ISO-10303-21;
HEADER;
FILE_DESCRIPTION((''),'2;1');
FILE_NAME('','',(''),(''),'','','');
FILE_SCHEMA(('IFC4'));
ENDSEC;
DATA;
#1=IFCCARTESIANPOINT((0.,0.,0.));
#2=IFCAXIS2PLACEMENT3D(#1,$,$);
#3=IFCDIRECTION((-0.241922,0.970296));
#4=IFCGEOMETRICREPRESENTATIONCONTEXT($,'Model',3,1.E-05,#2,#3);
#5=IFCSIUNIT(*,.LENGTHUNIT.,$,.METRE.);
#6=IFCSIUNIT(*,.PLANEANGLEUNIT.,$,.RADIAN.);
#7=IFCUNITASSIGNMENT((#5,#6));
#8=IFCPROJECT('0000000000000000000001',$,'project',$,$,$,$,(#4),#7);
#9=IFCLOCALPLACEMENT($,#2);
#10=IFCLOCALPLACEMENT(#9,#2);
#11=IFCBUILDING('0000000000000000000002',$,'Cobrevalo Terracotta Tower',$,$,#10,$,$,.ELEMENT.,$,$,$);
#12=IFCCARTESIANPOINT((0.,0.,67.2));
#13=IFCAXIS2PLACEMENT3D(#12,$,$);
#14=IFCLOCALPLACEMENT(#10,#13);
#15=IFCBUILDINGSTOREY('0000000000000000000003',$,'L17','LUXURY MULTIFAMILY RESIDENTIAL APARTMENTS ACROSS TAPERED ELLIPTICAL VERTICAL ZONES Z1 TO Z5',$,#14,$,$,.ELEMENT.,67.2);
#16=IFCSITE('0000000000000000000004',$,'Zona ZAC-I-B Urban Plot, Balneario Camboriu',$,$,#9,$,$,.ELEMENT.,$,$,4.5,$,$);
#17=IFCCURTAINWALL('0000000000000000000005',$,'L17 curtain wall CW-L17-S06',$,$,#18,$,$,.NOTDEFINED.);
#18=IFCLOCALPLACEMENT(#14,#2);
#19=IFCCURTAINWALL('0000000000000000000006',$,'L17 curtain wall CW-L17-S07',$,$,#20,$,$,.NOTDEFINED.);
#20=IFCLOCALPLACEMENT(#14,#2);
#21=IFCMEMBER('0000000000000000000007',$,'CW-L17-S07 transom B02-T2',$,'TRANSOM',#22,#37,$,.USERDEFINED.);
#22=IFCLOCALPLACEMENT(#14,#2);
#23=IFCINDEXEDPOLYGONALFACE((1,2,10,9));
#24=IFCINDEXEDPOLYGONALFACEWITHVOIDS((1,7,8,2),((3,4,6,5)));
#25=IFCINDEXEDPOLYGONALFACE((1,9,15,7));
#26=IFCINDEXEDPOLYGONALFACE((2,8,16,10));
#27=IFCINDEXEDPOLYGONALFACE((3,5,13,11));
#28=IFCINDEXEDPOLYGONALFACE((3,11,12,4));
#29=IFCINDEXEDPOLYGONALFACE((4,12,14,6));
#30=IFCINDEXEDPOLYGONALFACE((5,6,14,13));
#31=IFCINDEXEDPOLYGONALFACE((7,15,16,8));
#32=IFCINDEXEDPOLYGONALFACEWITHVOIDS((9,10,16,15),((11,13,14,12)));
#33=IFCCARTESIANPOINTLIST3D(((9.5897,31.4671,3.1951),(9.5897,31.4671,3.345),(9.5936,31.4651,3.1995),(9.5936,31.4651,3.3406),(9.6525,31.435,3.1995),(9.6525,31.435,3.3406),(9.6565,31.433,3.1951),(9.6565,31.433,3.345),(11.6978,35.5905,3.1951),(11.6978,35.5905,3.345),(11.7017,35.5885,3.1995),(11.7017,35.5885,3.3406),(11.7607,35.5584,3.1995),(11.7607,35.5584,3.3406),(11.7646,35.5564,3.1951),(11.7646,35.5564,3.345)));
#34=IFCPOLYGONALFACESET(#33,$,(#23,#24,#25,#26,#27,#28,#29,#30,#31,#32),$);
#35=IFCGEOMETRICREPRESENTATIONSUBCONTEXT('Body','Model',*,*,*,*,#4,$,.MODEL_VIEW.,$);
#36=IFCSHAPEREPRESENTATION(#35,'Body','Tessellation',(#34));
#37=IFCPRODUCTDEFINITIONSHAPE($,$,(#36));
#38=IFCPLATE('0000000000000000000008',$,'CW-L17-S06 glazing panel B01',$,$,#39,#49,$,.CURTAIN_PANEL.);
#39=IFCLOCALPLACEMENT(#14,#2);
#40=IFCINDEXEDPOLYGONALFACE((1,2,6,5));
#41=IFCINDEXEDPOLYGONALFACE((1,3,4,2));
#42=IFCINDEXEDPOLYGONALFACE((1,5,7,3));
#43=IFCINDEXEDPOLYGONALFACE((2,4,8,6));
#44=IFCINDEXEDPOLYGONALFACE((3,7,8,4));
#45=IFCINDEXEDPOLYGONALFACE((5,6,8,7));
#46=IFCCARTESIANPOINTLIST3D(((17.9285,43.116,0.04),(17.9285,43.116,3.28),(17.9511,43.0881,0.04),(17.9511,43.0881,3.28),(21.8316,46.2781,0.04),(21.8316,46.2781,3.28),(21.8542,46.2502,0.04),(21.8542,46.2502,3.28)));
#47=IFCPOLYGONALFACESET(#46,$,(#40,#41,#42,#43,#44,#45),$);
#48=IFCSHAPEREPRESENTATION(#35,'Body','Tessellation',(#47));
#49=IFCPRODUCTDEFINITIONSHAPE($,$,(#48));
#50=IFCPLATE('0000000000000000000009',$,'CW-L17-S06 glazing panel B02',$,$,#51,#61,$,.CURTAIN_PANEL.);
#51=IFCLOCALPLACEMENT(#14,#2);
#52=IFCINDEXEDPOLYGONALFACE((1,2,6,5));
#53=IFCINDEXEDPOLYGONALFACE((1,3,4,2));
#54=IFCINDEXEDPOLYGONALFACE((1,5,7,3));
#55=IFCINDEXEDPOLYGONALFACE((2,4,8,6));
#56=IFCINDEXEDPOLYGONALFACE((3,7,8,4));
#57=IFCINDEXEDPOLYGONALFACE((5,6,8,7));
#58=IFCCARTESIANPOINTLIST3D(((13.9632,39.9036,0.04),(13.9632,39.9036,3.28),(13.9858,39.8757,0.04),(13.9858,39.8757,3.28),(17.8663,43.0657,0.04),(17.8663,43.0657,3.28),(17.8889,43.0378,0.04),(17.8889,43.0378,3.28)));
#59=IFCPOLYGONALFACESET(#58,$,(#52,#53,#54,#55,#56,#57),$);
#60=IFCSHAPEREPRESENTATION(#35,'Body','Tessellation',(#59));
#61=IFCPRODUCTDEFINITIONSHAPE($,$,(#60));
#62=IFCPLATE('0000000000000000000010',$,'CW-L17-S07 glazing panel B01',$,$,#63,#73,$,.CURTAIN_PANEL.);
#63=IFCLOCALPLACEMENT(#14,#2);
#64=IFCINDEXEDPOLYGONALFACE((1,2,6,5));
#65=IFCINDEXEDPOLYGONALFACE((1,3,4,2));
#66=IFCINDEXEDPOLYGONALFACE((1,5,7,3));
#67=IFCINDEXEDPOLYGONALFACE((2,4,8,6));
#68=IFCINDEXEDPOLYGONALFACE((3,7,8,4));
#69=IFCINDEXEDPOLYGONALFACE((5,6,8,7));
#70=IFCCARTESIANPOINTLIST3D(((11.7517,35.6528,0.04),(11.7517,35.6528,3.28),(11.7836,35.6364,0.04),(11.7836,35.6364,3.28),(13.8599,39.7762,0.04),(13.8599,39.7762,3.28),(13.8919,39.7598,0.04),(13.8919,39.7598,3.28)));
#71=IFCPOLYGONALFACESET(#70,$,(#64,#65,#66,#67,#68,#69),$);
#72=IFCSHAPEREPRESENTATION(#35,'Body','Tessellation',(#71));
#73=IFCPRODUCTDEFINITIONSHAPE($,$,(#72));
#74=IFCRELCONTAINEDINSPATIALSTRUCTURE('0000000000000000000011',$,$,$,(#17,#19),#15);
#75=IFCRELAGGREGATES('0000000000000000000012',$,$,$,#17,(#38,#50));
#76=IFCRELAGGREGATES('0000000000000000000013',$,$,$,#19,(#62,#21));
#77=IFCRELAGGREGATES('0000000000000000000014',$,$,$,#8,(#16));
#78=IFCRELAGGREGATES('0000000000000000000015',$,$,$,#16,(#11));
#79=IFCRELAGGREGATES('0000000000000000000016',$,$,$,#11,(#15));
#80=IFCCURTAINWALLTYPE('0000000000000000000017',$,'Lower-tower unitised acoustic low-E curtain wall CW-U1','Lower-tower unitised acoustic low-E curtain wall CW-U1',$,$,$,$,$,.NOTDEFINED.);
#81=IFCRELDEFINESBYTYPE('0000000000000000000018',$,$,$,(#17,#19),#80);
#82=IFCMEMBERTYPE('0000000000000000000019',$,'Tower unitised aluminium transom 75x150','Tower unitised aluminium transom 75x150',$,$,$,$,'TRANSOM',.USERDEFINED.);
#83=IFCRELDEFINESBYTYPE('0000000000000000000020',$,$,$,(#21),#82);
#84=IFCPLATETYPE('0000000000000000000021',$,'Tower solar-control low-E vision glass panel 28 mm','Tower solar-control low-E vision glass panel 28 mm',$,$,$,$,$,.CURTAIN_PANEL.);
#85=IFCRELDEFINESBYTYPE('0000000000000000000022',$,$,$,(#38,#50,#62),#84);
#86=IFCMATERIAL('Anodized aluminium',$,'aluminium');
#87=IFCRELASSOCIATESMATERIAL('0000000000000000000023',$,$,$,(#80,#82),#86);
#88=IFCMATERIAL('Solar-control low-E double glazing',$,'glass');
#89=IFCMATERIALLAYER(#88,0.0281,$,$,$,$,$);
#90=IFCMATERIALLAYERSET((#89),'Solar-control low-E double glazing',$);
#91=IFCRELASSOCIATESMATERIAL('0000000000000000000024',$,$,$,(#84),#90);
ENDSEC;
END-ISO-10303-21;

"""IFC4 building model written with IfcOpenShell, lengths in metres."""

from ifc_helpers import new_model, si_unit, direction, frame, origin, origin_2d, place, context, subcontext, project, spatial, rectangle, hollow_rectangle, extrude, source, transform, mapped, material, layer, layer_set, material_profile, profile_set, type_object, element, aggregate, save


model = new_model("IFC4")

# Units and contexts
model_context = context("Model", 3, precision=1e-05, world=origin(), true_north=direction((-0.241922, 0.970296)))
body_context = subcontext(model_context, "Body", "Model", "MODEL_VIEW")
ifc_project = project(units=[si_unit("LENGTHUNIT", "METRE"), si_unit("PLANEANGLEUNIT", "RADIAN")], contexts=[model_context])

# Site, building, storey
site_placement = place(None, origin())
site = spatial("IfcSite", under=ifc_project, at=site_placement, Name="Zona ZAC-I-B Urban Plot, Balneario Camboriu", CompositionType="ELEMENT", RefElevation=4.5)
building_placement = place(site_placement, origin())
building = spatial("IfcBuilding", under=site, at=building_placement, Name="Cobrevalo Terracotta Tower", CompositionType="ELEMENT")
storey_placement = place(building_placement, frame((0.0, 0.0, 67.2)))
storey = spatial("IfcBuildingStorey", under=building, at=storey_placement, Name="L17", Description="LUXURY MULTIFAMILY RESIDENTIAL APARTMENTS ACROSS TAPERED ELLIPTICAL VERTICAL ZONES Z1 TO Z5", CompositionType="ELEMENT", Elevation=67.2)

# Curtain walls
ifc_material_1 = material(Name="Anodized aluminium", Category="aluminium")
curtain_wall_type = type_object("IfcCurtainWallType", Name="Lower-tower unitised acoustic low-E curtain wall CW-U1", Description="Lower-tower unitised acoustic low-E curtain wall CW-U1", PredefinedType="NOTDEFINED", material=ifc_material_1)
curtain_wall_1_placement = place(storey_placement, origin())
curtain_wall_1 = element("IfcCurtainWall", 1, at=curtain_wall_1_placement, inside=storey, type_object=curtain_wall_type, Name="L17 curtain wall CW-L17-S06", PredefinedType="NOTDEFINED")
curtain_wall_2_placement = place(storey_placement, origin())
curtain_wall_2 = element("IfcCurtainWall", 2, at=curtain_wall_2_placement, inside=storey, type_object=curtain_wall_type, Name="L17 curtain wall CW-L17-S07", PredefinedType="NOTDEFINED")

# Member
ifc_material_profile_1 = material_profile(ifc_material_1, hollow_rectangle(XDim=0.075, YDim=0.1499, WallThickness=0.0044, at=origin_2d()), Name="CWT 75x150")
ifc_profile_set_1 = profile_set([ifc_material_profile_1], Name="Anodized aluminium")
member_type_1 = type_object("IfcMemberType", Name="Tower unitised aluminium transom 75x150", Description="Tower unitised aluminium transom 75x150", ElementType="TRANSOM", PredefinedType="USERDEFINED", material=ifc_profile_set_1)
shared_shape_1 = source(origin(), body_context, "Body", "SweptSolid", [
    extrude(hollow_rectangle(XDim=0.075, YDim=0.1499, WallThickness=0.0044, at=origin_2d()), origin(), (0.0, 0.0, 1.0), 4.6311),
])
member_1_placement = place(storey_placement, frame((11.7312, 35.5735, 3.27), z_axis=(-0.455209, -0.890385, 0.0), x_axis=(0.890385, -0.455209, 0.0)))
member_1 = element("IfcMember", 3, at=member_1_placement, type_object=member_type_1, Name="CW-L17-S07 transom B02-T2", ObjectType="TRANSOM", PredefinedType="USERDEFINED", context=body_context, shape_type="MappedRepresentation", body=[
    mapped(shared_shape_1, transform((0.0, 0.0, 0.0), scale=1.0)),
])

# Plates
ifc_material_2 = material(Name="Solar-control low-E double glazing", Category="glass")
ifc_layer = layer(ifc_material_2, 0.0281)
ifc_layer_set = layer_set([ifc_layer], Name="Solar-control low-E double glazing")
plate_type = type_object("IfcPlateType", Name="Tower solar-control low-E vision glass panel 28 mm", Description="Tower solar-control low-E vision glass panel 28 mm", PredefinedType="CURTAIN_PANEL", material=ifc_layer_set)
shared_shape_2 = source(origin(), body_context, "Body", "SweptSolid", [
    extrude(rectangle(XDim=5.0232, YDim=0.0359, at=origin_2d()), origin(), (0.0, 0.0, 1.0), 3.24),
])
plate_1_placement = place(storey_placement, frame((19.8914, 44.6831, 0.04), z_axis=(0.0, 0.0, 1.0), x_axis=(-0.777008, -0.629491, 0.0)))
plate_1 = element("IfcPlate", 4, at=plate_1_placement, type_object=plate_type, Name="CW-L17-S06 glazing panel B01", PredefinedType="CURTAIN_PANEL", context=body_context, shape_type="MappedRepresentation", body=[
    mapped(shared_shape_2, transform((0.0, 0.0, 0.0), scale=1.0)),
])
plate_2_placement = place(storey_placement, frame((15.926, 41.4707, 0.04), z_axis=(0.0, 0.0, 1.0), x_axis=(-0.777008, -0.629491, 0.0)))
plate_2 = element("IfcPlate", 5, at=plate_2_placement, type_object=plate_type, Name="CW-L17-S06 glazing panel B02", PredefinedType="CURTAIN_PANEL", context=body_context, shape_type="MappedRepresentation", body=[
    mapped(shared_shape_2, transform((0.0, 0.0, 0.0), scale=1.0)),
])
aggregate(curtain_wall_1, [plate_1, plate_2])
shared_shape_3 = source(origin(), body_context, "Body", "SweptSolid", [
    extrude(rectangle(XDim=4.6311, YDim=0.0359, at=origin_2d()), origin(), (0.0, 0.0, 1.0), 3.24),
])
plate_3_placement = place(storey_placement, frame((12.8218, 37.7063, 0.04), z_axis=(0.0, 0.0, 1.0), x_axis=(-0.455231, -0.890373, 0.0)))
plate_3 = element("IfcPlate", 6, at=plate_3_placement, type_object=plate_type, Name="CW-L17-S07 glazing panel B01", PredefinedType="CURTAIN_PANEL", context=body_context, shape_type="MappedRepresentation", body=[
    mapped(shared_shape_3, transform((0.0, 0.0, 0.0), scale=1.0)),
])
aggregate(curtain_wall_2, [plate_3, member_1])

save(model, "model.ifc")
